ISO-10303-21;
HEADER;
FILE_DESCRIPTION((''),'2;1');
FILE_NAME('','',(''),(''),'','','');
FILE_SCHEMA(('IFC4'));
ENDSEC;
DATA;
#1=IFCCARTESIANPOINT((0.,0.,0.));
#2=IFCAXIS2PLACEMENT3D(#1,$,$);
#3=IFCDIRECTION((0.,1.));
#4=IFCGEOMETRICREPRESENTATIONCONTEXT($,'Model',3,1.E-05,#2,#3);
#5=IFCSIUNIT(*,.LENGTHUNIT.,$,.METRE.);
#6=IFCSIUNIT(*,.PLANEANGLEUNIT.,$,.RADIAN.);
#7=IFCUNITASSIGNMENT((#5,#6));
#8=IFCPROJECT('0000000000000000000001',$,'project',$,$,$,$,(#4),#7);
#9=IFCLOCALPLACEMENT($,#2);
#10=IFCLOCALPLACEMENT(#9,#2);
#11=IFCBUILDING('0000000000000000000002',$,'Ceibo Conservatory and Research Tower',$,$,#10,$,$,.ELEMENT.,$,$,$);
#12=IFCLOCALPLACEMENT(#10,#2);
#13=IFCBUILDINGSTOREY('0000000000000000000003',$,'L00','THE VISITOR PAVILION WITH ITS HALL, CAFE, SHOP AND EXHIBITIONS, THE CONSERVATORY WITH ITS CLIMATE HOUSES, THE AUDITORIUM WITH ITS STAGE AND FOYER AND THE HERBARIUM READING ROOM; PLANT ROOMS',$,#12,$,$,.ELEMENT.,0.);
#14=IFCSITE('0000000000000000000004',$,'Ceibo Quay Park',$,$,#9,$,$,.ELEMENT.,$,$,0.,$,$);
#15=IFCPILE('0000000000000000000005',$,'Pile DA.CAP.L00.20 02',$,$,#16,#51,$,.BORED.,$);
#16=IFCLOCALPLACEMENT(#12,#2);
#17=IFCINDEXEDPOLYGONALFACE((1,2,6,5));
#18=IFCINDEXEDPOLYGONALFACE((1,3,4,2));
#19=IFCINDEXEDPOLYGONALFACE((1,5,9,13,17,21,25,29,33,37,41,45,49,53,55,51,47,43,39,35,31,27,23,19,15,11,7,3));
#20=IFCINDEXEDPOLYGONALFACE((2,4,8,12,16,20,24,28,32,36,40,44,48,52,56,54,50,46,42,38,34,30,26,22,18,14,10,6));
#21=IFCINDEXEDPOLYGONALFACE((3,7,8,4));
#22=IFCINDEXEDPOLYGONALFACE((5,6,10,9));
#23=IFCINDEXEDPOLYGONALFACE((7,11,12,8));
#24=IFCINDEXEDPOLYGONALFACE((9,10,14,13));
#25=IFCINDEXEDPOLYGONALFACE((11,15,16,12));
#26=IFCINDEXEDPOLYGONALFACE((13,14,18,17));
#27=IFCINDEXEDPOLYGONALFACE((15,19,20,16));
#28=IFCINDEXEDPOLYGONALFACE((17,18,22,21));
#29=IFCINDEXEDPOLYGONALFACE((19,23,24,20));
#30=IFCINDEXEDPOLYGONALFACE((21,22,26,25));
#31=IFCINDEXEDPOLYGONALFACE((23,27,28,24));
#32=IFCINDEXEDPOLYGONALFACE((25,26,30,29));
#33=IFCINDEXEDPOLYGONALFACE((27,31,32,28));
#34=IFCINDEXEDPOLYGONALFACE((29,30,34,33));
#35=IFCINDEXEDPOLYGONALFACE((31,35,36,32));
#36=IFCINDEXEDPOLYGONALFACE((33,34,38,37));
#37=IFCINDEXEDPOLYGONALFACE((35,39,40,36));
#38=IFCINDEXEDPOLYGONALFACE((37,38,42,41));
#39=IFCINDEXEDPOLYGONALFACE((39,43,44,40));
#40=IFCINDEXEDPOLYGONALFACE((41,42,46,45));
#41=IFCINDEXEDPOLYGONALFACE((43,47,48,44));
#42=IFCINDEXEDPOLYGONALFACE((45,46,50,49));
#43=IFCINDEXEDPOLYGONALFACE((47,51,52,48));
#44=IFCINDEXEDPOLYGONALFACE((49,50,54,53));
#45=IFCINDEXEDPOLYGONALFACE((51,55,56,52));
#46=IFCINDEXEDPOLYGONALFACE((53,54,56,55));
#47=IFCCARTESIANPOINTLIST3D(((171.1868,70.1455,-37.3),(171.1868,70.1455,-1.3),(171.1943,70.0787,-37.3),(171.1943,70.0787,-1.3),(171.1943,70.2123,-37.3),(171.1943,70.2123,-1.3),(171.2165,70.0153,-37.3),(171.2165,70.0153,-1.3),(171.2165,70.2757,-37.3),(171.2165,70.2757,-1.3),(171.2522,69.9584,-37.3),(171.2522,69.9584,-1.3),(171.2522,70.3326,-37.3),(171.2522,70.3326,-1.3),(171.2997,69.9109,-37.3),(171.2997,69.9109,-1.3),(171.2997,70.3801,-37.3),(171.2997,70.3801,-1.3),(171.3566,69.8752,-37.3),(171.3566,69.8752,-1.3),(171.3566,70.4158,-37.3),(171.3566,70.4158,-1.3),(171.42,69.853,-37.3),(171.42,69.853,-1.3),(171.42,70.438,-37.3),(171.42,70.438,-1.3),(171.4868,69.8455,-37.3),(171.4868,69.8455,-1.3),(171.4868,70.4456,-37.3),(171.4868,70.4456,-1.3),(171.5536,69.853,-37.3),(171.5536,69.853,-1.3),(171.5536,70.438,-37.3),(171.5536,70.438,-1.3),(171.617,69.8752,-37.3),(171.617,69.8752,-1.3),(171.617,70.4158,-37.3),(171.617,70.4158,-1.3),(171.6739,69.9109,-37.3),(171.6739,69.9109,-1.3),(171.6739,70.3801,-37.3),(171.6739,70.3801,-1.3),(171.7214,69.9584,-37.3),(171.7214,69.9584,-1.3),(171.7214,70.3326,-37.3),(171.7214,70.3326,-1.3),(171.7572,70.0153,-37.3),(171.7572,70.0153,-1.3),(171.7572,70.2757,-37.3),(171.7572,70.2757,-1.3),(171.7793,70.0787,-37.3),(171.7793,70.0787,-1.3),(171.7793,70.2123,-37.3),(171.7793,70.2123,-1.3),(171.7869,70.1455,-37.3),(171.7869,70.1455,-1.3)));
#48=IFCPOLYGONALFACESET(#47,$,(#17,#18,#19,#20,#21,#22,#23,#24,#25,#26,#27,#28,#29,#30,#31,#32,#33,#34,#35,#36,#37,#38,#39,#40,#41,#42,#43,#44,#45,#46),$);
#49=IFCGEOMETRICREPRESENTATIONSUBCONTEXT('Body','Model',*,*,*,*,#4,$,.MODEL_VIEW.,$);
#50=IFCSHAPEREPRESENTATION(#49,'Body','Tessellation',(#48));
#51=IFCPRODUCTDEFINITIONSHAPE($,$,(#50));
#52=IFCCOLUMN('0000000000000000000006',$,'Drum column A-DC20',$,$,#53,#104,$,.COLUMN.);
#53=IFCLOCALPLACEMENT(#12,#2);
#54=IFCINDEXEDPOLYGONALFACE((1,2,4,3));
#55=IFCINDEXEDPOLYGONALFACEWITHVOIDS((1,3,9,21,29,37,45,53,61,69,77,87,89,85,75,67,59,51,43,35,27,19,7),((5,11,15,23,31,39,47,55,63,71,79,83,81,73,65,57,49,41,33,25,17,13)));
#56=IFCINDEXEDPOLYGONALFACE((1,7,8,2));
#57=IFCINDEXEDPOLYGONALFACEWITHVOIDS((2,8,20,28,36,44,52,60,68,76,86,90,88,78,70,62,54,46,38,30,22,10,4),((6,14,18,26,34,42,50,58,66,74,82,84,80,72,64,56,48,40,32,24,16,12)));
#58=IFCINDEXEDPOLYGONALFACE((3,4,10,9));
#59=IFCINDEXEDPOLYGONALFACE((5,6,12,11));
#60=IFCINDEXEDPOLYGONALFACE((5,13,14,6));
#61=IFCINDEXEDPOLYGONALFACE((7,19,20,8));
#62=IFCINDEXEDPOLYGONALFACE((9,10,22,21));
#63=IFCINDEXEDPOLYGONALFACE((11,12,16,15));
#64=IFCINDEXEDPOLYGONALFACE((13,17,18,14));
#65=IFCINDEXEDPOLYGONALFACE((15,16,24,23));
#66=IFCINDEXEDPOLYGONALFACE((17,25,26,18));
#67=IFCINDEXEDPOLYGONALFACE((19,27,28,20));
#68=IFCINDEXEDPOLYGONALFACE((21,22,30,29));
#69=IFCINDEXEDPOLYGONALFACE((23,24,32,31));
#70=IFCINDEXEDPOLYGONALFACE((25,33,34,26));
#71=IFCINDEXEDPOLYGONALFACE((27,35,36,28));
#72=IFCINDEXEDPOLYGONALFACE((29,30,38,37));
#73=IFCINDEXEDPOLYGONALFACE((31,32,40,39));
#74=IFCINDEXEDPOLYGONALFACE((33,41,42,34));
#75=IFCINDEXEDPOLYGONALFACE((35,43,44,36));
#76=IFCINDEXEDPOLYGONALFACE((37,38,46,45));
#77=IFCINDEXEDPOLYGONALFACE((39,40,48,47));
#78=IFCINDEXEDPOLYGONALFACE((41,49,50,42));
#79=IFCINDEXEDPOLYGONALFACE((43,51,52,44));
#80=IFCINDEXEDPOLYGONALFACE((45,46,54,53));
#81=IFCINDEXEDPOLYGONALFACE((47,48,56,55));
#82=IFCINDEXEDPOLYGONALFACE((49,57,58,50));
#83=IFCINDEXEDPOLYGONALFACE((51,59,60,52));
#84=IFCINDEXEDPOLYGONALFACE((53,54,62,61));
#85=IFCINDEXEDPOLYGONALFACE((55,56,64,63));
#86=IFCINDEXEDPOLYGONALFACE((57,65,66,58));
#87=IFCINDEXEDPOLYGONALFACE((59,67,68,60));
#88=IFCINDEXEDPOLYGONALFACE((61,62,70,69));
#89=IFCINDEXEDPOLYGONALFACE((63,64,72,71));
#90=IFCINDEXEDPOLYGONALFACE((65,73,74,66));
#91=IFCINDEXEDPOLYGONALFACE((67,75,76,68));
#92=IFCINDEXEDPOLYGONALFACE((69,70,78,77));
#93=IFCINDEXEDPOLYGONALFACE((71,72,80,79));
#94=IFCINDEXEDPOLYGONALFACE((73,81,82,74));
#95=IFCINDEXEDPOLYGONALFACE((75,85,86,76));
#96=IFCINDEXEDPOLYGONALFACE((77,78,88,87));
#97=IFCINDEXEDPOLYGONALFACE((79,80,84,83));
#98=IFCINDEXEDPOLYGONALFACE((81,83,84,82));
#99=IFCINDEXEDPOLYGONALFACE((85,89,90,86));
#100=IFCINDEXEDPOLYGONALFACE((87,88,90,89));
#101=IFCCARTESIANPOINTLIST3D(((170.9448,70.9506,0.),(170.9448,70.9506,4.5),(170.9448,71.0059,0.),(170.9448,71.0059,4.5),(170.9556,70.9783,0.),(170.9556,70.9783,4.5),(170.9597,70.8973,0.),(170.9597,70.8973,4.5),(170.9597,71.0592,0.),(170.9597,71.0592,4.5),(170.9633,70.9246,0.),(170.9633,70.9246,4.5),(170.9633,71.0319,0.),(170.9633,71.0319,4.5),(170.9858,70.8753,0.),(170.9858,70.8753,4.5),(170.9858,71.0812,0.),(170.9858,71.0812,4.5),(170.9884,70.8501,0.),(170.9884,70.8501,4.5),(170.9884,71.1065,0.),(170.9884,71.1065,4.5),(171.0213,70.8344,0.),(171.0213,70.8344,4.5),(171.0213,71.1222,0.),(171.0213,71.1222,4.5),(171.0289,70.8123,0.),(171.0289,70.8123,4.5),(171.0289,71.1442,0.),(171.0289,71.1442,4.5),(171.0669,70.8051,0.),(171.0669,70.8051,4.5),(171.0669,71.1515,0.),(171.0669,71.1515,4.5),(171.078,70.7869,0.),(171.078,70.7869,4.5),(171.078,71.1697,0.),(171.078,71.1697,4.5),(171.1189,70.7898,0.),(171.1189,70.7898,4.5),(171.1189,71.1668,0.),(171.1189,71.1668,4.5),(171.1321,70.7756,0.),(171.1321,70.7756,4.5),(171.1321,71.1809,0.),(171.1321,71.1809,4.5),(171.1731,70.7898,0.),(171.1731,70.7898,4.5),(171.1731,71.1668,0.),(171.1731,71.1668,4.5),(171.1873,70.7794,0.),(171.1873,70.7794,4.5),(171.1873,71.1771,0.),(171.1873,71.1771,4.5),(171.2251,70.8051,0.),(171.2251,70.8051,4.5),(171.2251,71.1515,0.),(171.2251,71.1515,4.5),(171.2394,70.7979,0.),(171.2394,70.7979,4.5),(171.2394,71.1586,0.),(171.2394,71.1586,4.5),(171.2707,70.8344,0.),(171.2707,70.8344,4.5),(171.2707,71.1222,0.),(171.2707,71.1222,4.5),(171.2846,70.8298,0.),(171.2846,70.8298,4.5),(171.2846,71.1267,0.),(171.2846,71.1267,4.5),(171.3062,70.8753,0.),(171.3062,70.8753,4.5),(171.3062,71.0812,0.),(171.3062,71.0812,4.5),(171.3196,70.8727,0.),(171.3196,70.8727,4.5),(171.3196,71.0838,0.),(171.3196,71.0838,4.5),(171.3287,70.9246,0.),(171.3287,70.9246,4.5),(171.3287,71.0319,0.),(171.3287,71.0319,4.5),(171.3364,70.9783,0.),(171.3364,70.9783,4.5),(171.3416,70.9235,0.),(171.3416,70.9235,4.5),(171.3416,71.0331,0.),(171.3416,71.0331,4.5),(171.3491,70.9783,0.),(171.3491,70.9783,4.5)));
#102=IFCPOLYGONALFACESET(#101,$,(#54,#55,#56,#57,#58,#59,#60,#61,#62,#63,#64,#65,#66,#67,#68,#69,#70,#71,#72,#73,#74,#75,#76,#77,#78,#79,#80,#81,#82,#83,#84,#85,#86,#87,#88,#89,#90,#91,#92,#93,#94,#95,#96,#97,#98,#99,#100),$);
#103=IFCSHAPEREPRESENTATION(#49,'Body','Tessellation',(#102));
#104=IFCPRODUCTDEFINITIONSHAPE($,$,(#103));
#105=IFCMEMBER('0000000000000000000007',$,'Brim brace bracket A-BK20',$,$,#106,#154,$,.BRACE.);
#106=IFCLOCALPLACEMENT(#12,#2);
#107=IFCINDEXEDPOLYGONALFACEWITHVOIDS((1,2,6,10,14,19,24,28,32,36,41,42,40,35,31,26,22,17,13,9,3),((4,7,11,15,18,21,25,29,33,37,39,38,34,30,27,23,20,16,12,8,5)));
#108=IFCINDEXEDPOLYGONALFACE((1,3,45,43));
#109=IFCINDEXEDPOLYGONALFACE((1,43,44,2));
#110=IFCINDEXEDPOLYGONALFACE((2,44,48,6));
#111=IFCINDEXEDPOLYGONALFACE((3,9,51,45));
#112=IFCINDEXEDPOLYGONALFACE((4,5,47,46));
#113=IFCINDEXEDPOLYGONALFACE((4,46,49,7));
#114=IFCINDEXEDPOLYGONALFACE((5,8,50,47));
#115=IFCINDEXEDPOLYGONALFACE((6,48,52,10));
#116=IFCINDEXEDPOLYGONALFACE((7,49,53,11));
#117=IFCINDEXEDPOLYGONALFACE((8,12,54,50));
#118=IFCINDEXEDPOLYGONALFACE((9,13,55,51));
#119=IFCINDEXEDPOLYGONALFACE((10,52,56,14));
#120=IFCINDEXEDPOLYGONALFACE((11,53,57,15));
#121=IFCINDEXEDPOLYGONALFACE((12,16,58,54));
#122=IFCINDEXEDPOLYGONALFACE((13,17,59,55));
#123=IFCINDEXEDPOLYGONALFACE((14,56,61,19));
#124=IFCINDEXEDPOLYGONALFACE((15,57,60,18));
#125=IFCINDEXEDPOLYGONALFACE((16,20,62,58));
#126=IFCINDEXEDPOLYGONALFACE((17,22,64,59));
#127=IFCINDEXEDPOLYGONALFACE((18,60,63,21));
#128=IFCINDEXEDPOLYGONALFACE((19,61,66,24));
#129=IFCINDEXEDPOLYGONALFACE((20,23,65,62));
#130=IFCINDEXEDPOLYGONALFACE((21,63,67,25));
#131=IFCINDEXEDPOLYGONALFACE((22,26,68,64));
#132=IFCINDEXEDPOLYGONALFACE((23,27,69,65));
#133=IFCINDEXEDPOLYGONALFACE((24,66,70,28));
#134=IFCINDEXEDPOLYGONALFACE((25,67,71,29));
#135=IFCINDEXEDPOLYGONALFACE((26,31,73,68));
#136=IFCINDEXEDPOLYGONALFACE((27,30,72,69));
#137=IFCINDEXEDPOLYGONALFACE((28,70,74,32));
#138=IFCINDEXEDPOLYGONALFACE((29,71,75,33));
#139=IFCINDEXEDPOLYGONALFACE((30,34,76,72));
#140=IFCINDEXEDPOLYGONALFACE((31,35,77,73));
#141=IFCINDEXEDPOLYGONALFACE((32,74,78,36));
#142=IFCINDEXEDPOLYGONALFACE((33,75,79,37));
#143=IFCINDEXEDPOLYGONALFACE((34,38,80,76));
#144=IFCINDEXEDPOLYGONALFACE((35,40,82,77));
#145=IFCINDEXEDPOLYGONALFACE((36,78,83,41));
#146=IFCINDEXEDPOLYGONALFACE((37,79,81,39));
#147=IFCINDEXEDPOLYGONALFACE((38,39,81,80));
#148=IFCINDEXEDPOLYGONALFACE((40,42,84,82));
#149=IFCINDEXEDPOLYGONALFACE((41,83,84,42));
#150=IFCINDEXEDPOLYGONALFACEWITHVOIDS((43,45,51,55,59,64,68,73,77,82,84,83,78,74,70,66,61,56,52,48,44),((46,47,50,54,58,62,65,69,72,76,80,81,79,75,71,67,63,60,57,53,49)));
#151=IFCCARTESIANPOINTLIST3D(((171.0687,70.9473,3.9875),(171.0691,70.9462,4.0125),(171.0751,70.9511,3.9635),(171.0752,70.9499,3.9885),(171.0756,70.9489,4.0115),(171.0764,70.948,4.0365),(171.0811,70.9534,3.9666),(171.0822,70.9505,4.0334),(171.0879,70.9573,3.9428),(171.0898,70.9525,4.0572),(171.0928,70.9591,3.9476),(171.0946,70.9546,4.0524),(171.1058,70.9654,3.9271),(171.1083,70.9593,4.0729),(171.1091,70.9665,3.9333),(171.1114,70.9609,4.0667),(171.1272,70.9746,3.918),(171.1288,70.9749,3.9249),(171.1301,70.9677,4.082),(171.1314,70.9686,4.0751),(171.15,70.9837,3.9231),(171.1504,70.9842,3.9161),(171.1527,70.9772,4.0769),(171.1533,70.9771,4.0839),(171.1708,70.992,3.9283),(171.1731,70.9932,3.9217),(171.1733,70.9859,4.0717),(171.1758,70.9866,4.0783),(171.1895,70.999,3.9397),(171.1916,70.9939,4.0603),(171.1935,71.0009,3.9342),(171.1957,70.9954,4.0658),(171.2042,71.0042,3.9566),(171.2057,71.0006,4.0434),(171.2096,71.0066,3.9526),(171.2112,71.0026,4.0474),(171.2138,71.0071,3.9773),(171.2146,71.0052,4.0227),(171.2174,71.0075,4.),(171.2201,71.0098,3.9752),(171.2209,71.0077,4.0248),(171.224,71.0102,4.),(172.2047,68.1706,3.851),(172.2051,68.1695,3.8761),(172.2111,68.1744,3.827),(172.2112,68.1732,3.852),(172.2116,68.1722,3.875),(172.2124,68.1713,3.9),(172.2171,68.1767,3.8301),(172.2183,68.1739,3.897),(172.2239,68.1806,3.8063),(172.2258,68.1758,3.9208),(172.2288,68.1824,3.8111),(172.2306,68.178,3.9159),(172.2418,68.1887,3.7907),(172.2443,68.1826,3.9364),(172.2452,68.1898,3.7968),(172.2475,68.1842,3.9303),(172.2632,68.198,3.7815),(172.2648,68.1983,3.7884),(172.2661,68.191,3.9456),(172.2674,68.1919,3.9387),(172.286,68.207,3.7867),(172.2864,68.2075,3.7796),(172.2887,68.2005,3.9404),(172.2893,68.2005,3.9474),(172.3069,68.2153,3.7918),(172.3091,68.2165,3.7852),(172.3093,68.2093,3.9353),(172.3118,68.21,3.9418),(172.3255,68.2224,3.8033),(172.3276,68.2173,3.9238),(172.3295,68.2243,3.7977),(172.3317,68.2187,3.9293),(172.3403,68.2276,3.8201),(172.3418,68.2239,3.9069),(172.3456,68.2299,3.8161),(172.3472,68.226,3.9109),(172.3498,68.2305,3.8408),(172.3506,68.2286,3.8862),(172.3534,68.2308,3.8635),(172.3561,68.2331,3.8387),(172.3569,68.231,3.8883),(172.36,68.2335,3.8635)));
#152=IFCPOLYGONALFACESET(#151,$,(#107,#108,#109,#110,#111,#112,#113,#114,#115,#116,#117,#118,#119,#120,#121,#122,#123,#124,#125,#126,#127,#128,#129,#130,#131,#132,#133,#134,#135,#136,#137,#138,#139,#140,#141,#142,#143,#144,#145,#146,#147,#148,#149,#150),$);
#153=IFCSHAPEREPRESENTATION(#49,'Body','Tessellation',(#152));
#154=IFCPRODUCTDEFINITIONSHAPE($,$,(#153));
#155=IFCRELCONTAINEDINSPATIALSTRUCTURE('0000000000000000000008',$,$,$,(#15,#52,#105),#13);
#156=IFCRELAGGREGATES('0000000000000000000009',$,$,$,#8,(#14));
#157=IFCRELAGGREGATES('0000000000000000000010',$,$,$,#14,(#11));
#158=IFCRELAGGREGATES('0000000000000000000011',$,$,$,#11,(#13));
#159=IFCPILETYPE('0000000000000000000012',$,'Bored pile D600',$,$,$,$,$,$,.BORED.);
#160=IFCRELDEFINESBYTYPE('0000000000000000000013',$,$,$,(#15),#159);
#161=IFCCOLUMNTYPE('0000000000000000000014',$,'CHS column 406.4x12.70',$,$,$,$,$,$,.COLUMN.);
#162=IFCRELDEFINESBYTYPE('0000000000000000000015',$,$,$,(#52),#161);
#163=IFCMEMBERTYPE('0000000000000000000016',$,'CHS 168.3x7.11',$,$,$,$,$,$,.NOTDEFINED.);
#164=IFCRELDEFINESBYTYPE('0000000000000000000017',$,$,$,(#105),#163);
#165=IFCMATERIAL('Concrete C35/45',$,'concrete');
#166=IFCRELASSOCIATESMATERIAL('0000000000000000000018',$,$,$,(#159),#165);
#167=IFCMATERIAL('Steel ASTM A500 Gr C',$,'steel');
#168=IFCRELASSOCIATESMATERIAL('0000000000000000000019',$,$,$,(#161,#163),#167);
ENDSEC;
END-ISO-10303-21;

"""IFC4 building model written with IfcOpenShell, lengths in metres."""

from ifc_helpers import new_model, si_unit, direction, frame, origin, origin_2d, place, context, subcontext, project, spatial, circle, hollow_circle, extrude, material, material_profile, profile_set, type_object, element, save


model = new_model("IFC4")

# Units and contexts
model_context = context("Model", 3, precision=1e-05, world=origin(), true_north=direction((0.0, 1.0)))
body_context = subcontext(model_context, "Body", "Model", "MODEL_VIEW")
ifc_project = project(units=[si_unit("LENGTHUNIT", "METRE"), si_unit("PLANEANGLEUNIT", "RADIAN")], contexts=[model_context])

# Site, building, storey
site_placement = place(None, origin())
site = spatial("IfcSite", under=ifc_project, at=site_placement, Name="Ceibo Quay Park", CompositionType="ELEMENT", RefElevation=0.0)
building_placement = place(site_placement, origin())
building = spatial("IfcBuilding", under=site, at=building_placement, Name="Ceibo Conservatory and Research Tower", CompositionType="ELEMENT")
storey_placement = place(building_placement, origin())
storey = spatial("IfcBuildingStorey", under=building, at=storey_placement, Name="L00", Description="THE VISITOR PAVILION WITH ITS HALL, CAFE, SHOP AND EXHIBITIONS, THE CONSERVATORY WITH ITS CLIMATE HOUSES, THE AUDITORIUM WITH ITS STAGE AND FOYER AND THE HERBARIUM READING ROOM; PLANT ROOMS", CompositionType="ELEMENT", Elevation=0.0)

# Pile
ifc_material_1 = material(Name="Concrete C35/45", Category="concrete")
ifc_material_profile_1 = material_profile(ifc_material_1, circle(Radius=0.3, at=origin_2d()), Name="RC D600")
ifc_profile_set_1 = profile_set([ifc_material_profile_1], Name="Concrete C35/45")
pile_type = type_object("IfcPileType", Name="Bored pile D600", PredefinedType="BORED", material=ifc_profile_set_1)
pile_placement = place(storey_placement, frame((171.4868, 70.1455, -1.3), z_axis=(0.0, 0.0, -1.0), x_axis=(1.0, 0.0, 0.0)))
element("IfcPile", 1, at=pile_placement, inside=storey, type_object=pile_type, Name="Pile DA.CAP.L00.20 02", PredefinedType="BORED", context=body_context, shape_type="SweptSolid", body=[
    extrude(circle(Radius=0.3, at=origin_2d()), origin(), (0.0, 0.0, 1.0), 36.0),
])

# Column
ifc_material_2 = material(Name="Steel ASTM A500 Gr C", Category="steel")
ifc_material_profile_2 = material_profile(ifc_material_2, hollow_circle(Radius=0.2031, WallThickness=0.0127, at=origin_2d()), Name="CHS column 406.4x12.70")
ifc_profile_set_2 = profile_set([ifc_material_profile_2], Name="Steel ASTM A500 Gr C")
column_type = type_object("IfcColumnType", Name="CHS column 406.4x12.70", PredefinedType="COLUMN", material=ifc_profile_set_2)
column_placement = place(storey_placement, frame((171.146, 70.9783, 0.0), z_axis=(0.0, 0.0, 1.0), x_axis=(1.0, 0.0, 0.0)))
element("IfcColumn", 2, at=column_placement, inside=storey, type_object=column_type, Name="Drum column A-DC20", PredefinedType="COLUMN", context=body_context, shape_type="SweptSolid", body=[
    extrude(hollow_circle(Radius=0.2031, WallThickness=0.0127, at=origin_2d()), origin(), (0.0, 0.0, 1.0), 4.5),
])

# Member
ifc_material_profile_3 = material_profile(ifc_material_2, hollow_circle(Radius=0.0842, WallThickness=0.0071, at=origin_2d()), Name="CHS 168.3x7.11")
ifc_profile_set_3 = profile_set([ifc_material_profile_3], Name="Steel ASTM A500 Gr C")
member_type_1 = type_object("IfcMemberType", Name="CHS 168.3x7.11", PredefinedType="NOTDEFINED", material=ifc_profile_set_3)
member_1_placement = place(storey_placement, frame((171.146, 70.9783, 4.0), z_axis=(0.37827, -0.924579, -0.045444), x_axis=(0.925535, 0.378661, 0.0)))
element("IfcMember", 3, at=member_1_placement, inside=storey, type_object=member_type_1, Name="Brim brace bracket A-BK20", PredefinedType="BRACE", context=body_context, shape_type="SweptSolid", body=[
    extrude(hollow_circle(Radius=0.0842, WallThickness=0.0071, at=origin_2d()), origin(), (0.0, 0.0, 1.0), 3.0032),
])

save(model, "model.ifc")
